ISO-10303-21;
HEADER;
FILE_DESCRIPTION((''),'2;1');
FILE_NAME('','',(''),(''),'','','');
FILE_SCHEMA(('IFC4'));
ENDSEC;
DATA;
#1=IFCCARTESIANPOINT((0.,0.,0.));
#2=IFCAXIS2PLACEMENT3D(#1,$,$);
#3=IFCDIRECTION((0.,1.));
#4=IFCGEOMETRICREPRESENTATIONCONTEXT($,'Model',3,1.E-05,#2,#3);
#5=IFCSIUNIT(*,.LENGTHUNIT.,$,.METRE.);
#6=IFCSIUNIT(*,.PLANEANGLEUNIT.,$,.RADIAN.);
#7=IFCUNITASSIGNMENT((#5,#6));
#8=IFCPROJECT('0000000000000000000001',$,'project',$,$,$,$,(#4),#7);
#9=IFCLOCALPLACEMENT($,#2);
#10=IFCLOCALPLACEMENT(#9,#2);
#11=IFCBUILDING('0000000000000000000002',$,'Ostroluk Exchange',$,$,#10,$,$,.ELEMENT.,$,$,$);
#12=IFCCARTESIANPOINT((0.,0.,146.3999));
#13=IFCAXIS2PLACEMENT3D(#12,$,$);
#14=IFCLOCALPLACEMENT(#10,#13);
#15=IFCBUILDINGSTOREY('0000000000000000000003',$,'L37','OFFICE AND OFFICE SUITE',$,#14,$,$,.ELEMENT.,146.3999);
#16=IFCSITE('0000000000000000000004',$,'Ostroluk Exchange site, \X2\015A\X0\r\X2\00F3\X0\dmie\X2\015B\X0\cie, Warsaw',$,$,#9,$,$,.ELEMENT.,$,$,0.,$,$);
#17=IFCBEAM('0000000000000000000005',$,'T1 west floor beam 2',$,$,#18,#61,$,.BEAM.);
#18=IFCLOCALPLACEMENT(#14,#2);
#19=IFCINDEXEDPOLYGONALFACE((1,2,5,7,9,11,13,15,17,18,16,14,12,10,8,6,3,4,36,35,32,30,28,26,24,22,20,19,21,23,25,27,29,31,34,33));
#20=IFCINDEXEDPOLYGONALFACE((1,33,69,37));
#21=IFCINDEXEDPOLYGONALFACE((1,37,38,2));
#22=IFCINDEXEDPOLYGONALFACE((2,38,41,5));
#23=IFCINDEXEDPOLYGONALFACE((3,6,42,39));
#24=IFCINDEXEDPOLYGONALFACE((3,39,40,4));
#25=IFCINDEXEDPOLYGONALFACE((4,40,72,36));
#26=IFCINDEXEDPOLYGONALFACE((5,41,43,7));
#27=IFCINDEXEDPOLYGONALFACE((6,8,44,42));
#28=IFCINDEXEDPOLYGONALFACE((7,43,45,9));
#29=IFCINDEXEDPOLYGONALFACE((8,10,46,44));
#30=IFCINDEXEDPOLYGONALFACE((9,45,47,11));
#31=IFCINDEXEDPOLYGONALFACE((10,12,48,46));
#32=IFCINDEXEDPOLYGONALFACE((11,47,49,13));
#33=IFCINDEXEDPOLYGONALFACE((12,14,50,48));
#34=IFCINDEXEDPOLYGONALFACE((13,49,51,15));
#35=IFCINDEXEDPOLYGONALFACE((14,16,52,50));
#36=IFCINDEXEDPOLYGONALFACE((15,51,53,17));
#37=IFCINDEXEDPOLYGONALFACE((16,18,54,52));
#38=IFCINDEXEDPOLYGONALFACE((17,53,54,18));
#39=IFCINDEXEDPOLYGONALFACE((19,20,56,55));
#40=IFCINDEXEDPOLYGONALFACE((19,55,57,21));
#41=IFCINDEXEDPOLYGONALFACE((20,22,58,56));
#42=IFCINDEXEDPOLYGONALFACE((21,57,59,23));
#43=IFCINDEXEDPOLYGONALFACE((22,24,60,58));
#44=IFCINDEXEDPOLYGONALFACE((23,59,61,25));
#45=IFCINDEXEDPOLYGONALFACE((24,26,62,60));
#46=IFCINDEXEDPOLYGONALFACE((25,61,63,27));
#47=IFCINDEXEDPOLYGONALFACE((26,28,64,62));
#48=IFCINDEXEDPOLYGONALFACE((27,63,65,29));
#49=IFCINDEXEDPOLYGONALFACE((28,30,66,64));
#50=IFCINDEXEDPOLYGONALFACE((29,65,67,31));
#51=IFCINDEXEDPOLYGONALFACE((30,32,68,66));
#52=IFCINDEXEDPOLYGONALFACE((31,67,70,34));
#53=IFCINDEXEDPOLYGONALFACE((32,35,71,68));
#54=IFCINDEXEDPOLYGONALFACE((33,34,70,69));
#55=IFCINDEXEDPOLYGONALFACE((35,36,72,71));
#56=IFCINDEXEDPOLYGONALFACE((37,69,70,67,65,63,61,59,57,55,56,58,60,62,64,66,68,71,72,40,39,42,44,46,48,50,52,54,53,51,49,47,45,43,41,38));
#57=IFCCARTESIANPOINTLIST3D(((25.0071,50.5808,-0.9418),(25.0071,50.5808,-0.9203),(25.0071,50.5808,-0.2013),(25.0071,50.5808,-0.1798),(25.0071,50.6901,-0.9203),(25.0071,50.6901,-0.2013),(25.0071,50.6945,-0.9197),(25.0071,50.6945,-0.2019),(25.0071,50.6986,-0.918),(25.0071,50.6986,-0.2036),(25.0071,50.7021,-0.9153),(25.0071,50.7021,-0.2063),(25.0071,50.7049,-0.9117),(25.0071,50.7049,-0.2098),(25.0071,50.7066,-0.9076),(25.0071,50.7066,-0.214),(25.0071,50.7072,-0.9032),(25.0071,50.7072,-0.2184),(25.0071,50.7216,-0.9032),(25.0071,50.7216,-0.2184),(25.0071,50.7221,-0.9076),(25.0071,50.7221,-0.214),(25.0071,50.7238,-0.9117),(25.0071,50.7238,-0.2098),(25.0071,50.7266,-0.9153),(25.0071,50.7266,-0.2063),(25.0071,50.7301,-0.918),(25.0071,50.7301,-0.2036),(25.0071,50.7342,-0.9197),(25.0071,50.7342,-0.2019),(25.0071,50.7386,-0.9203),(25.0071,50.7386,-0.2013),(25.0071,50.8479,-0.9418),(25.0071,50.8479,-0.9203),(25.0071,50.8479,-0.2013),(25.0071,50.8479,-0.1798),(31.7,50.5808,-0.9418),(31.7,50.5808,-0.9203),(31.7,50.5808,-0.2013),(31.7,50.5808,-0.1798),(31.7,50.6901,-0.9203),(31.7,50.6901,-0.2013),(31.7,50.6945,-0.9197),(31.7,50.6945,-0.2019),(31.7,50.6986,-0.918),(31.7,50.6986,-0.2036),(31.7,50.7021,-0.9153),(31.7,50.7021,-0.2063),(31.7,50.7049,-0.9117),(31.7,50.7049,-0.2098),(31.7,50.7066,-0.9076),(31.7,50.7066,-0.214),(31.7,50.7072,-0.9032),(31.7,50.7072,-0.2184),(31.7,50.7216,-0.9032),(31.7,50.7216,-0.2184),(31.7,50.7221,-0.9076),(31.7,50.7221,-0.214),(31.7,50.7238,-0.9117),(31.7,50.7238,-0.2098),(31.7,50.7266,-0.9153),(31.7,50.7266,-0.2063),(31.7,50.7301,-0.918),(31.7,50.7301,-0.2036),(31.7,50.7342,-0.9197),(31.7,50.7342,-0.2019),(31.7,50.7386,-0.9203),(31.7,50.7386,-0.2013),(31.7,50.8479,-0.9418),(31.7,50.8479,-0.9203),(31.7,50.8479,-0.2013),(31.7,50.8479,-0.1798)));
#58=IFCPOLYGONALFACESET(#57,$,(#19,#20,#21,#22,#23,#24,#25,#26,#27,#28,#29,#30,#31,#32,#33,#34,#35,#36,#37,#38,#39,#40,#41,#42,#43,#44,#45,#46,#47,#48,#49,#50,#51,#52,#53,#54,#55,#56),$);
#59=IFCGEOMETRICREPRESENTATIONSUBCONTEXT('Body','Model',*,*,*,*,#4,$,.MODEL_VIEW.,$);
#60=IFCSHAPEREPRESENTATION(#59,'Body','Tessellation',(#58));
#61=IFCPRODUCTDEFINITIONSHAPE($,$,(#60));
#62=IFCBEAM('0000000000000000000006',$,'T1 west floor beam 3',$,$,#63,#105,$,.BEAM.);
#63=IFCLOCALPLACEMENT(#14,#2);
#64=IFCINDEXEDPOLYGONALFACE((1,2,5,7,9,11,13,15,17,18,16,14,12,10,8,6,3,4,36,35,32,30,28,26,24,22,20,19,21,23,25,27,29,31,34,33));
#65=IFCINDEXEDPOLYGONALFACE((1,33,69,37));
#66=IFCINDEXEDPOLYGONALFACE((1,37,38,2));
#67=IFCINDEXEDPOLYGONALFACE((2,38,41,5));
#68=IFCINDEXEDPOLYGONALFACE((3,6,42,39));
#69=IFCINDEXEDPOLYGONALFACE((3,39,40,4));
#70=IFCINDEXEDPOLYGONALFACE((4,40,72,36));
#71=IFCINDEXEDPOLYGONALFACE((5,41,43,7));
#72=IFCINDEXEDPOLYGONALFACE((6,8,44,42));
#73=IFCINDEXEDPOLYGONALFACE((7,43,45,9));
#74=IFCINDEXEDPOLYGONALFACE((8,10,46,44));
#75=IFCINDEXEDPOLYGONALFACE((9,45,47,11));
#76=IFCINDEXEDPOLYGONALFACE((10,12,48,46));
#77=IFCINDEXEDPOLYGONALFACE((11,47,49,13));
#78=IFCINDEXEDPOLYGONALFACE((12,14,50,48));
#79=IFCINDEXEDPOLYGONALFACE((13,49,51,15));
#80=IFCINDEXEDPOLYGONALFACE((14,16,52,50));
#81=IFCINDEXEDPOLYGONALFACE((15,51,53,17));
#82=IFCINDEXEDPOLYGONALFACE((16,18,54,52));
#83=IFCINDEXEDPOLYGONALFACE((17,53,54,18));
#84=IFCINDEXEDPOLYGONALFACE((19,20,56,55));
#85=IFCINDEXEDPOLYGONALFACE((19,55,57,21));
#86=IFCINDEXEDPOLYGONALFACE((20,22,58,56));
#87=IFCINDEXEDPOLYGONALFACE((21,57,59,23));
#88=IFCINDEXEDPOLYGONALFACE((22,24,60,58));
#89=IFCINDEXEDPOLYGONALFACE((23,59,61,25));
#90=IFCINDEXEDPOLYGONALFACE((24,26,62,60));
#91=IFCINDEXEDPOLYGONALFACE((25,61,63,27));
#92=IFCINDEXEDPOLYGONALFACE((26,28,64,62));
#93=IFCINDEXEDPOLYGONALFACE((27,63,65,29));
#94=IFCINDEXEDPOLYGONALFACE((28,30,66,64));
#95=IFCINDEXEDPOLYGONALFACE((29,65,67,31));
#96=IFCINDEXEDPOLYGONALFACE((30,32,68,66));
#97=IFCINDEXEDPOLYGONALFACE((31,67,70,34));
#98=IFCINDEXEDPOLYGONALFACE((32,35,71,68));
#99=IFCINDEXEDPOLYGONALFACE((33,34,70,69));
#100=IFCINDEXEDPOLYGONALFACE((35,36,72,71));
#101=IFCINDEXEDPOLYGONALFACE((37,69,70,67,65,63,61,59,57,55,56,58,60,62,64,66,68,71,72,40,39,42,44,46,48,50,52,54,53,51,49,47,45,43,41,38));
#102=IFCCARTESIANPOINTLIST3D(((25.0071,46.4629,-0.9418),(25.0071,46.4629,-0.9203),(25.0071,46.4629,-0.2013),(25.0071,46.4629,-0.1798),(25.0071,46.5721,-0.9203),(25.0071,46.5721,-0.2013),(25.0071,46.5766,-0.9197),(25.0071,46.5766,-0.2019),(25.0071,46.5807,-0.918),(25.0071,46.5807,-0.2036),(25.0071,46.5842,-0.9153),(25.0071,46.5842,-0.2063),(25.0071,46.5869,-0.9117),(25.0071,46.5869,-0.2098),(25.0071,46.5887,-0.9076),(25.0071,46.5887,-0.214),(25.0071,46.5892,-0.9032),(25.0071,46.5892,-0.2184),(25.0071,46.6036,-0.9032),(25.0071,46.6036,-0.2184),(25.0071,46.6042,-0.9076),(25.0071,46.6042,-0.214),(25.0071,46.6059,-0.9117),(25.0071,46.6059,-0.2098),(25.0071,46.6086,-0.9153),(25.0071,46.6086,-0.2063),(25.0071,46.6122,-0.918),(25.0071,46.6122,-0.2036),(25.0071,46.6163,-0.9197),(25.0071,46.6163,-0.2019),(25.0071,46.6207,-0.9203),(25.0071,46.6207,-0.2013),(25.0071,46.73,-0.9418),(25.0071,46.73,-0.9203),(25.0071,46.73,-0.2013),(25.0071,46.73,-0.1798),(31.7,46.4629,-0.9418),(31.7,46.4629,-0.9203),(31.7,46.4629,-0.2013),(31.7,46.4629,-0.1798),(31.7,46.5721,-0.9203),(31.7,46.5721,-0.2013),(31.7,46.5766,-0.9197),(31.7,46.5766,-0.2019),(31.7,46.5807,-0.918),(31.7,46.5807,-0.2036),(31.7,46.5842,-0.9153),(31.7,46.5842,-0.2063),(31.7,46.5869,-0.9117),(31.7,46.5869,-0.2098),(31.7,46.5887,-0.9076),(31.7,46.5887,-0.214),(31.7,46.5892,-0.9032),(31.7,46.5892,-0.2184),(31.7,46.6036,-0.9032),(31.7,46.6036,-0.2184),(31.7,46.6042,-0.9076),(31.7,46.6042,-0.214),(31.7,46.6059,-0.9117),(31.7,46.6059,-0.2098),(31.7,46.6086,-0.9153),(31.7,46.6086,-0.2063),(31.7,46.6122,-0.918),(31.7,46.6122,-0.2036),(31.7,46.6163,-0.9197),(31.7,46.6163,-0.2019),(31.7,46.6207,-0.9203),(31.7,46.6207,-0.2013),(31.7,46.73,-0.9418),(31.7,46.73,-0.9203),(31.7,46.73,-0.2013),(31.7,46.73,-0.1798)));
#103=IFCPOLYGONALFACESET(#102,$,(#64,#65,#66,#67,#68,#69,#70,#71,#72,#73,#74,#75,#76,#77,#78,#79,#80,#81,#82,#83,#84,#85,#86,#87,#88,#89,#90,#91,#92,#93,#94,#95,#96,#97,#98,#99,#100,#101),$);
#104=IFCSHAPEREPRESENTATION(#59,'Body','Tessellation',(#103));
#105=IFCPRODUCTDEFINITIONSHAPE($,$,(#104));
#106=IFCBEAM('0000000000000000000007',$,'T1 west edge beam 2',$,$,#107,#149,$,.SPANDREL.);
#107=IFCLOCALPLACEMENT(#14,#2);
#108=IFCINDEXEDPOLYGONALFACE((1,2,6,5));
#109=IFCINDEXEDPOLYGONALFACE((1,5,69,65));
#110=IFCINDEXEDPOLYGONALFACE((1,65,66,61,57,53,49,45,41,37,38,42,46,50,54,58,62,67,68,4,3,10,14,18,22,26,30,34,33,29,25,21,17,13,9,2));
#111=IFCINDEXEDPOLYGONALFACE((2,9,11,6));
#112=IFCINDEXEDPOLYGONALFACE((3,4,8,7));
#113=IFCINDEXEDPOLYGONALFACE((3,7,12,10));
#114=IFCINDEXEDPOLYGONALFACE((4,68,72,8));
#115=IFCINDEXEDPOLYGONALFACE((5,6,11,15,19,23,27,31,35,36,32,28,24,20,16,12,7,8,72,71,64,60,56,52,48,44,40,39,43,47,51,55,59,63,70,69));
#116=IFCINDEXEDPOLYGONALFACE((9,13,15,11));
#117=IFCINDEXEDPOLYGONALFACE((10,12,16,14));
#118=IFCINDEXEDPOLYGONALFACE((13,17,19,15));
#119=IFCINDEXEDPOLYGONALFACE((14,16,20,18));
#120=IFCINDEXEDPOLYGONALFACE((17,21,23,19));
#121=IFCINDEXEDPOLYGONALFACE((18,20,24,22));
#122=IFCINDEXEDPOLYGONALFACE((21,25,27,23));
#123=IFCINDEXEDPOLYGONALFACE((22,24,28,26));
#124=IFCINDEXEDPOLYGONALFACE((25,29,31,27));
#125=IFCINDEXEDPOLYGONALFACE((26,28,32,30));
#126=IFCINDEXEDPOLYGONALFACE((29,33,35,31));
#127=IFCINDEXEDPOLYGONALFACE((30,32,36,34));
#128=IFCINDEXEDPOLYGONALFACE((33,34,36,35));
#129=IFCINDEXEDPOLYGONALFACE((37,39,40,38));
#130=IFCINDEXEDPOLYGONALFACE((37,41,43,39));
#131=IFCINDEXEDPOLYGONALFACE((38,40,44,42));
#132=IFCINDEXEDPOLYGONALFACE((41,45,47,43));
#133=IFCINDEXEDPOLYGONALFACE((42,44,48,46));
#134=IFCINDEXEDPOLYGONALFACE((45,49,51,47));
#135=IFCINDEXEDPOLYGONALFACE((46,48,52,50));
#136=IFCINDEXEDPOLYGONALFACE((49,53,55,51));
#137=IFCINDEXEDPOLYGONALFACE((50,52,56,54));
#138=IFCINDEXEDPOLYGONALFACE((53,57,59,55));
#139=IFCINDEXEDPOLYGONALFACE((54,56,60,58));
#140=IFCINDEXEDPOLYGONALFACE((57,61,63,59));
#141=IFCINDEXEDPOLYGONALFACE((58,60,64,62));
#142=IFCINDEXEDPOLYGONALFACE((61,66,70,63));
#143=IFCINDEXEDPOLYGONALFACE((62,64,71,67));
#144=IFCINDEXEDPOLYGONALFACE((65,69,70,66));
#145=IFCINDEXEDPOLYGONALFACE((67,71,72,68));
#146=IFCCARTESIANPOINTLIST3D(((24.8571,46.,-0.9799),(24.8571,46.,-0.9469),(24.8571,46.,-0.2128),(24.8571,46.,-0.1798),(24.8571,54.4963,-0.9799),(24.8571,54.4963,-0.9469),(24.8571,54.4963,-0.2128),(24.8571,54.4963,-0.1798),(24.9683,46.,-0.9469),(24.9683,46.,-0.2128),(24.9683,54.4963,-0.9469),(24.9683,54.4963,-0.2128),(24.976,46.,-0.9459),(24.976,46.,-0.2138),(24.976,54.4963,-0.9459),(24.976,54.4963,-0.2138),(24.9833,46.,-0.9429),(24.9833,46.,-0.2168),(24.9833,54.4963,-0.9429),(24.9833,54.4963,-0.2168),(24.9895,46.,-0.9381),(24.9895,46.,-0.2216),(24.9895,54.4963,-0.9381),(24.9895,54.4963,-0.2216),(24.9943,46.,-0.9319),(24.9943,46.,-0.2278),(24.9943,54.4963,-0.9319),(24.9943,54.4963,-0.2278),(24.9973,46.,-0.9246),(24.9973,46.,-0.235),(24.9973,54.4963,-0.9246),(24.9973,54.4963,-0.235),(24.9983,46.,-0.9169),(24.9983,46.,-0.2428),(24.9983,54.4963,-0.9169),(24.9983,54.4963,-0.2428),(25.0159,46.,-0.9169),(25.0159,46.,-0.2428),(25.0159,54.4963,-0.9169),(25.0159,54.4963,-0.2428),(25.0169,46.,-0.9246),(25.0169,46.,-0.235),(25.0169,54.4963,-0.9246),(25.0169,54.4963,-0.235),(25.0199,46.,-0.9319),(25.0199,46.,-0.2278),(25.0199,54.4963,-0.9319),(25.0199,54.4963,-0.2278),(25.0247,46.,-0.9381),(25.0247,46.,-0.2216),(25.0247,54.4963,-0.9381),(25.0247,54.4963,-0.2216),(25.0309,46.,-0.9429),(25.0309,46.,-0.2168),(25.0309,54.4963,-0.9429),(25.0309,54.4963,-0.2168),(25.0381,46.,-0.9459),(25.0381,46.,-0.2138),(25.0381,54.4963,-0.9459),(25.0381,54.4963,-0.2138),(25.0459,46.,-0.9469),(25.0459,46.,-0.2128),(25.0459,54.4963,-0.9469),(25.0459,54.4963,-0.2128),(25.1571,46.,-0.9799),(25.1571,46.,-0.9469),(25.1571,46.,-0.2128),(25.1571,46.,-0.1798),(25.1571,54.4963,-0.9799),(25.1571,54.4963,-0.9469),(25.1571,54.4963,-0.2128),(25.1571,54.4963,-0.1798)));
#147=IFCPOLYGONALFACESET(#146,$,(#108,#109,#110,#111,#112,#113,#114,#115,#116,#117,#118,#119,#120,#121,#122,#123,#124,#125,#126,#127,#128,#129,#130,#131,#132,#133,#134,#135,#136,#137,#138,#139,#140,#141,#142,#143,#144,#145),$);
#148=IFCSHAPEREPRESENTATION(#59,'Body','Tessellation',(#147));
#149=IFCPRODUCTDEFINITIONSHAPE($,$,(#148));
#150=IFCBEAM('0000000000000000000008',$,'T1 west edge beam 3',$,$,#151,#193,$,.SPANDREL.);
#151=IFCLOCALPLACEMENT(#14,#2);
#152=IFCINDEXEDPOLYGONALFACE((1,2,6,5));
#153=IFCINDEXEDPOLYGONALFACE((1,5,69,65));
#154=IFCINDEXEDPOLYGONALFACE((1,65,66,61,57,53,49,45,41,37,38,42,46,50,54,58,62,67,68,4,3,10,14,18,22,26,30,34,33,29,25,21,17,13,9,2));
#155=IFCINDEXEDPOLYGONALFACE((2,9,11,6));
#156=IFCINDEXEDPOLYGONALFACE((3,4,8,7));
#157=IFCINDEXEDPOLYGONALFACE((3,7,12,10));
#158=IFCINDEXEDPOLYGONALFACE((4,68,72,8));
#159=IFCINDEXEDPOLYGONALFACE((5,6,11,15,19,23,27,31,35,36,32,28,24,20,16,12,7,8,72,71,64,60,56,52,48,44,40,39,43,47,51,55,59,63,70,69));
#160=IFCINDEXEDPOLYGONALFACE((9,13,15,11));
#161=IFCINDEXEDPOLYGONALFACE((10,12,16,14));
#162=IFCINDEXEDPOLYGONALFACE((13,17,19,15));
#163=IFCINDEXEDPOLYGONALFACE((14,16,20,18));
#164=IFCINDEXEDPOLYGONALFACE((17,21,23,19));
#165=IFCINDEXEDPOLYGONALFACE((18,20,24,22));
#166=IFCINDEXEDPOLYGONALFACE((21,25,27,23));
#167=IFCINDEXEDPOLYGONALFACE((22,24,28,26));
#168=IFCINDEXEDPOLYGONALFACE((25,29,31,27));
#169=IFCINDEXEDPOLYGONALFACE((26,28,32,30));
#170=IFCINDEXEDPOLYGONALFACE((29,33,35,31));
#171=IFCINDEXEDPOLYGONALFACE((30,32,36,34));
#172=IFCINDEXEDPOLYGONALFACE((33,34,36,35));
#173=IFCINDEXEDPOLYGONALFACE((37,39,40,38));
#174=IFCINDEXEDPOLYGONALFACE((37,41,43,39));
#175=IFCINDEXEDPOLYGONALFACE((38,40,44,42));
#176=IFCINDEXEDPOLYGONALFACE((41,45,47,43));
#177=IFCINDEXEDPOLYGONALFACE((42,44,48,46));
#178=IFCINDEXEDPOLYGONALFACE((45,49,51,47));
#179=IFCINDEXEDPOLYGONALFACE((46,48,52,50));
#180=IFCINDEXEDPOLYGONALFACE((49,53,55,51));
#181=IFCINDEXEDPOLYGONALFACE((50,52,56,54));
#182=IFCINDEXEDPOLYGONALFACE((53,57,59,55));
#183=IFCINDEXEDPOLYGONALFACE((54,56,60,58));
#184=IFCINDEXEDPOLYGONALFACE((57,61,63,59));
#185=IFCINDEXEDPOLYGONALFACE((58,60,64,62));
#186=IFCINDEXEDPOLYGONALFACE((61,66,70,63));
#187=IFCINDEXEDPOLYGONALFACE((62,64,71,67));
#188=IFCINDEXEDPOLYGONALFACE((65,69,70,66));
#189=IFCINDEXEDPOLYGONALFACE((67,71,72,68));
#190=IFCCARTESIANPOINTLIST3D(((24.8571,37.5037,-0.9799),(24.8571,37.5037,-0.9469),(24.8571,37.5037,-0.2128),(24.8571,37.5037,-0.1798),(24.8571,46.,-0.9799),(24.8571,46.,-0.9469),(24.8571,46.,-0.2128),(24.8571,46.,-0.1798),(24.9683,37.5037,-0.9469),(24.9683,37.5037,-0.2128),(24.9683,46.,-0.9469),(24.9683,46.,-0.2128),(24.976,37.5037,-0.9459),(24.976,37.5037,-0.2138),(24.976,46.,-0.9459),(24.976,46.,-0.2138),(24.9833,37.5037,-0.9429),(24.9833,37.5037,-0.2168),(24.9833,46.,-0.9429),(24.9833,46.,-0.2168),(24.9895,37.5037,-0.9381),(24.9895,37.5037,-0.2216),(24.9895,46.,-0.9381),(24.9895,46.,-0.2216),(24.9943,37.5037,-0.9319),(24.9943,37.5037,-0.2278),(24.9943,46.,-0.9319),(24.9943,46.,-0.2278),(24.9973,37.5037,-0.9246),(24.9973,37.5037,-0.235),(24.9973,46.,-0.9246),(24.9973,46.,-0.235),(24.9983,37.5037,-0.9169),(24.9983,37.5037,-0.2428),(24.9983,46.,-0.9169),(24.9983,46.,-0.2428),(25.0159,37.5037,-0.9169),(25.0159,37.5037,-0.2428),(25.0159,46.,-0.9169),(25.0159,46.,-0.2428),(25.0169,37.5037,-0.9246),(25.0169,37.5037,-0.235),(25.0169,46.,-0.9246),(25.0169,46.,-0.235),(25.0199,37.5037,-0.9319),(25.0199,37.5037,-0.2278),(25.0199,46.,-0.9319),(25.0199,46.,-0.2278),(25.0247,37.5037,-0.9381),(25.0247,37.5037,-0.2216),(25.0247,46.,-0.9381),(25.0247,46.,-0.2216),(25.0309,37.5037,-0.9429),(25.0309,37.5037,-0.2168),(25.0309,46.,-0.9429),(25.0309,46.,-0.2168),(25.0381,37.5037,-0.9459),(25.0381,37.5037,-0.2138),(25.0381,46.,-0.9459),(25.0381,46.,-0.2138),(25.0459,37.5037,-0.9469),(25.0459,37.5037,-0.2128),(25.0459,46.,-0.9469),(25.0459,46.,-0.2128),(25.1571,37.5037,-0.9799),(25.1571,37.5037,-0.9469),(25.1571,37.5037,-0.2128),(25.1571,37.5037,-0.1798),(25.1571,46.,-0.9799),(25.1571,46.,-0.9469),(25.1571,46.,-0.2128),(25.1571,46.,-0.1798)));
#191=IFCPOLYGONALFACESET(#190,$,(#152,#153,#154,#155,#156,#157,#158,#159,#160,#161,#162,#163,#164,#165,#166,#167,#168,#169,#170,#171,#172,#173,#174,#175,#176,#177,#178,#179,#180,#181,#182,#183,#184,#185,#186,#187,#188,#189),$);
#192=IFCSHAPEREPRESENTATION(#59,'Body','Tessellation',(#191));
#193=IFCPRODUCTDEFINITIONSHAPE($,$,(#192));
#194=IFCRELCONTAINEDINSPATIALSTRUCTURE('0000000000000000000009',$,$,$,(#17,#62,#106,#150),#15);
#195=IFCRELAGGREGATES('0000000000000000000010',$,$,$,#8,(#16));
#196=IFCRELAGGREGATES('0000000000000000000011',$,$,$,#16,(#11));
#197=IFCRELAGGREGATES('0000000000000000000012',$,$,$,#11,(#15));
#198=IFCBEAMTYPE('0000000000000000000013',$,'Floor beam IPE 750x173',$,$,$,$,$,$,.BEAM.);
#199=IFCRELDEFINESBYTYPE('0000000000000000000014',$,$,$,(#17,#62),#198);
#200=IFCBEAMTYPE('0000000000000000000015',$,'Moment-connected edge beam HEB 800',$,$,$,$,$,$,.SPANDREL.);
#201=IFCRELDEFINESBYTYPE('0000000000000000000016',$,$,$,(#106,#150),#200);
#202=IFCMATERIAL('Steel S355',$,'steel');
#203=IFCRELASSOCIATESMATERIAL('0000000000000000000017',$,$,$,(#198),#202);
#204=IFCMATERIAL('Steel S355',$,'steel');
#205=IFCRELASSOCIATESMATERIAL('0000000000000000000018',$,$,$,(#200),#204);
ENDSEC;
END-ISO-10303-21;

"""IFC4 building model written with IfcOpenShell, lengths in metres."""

from ifc_helpers import new_model, si_unit, direction, frame, origin, origin_2d, place, context, subcontext, project, spatial, i_section, extrude, material, material_profile, profile_set, type_object, element, save


model = new_model("IFC4")

# Units and contexts
model_context = context("Model", 3, precision=1e-05, world=origin(), true_north=direction((0.0, 1.0)))
body_context = subcontext(model_context, "Body", "Model", "MODEL_VIEW")
ifc_project = project(units=[si_unit("LENGTHUNIT", "METRE"), si_unit("PLANEANGLEUNIT", "RADIAN")], contexts=[model_context])

# Site, building, storey
site_placement = place(None, origin())
site = spatial("IfcSite", under=ifc_project, at=site_placement, Name="Ostroluk Exchange site, Śródmieście, Warsaw", CompositionType="ELEMENT", RefElevation=0.0)
building_placement = place(site_placement, origin())
building = spatial("IfcBuilding", under=site, at=building_placement, Name="Ostroluk Exchange", CompositionType="ELEMENT")
storey_placement = place(building_placement, frame((0.0, 0.0, 146.3999)))
storey = spatial("IfcBuildingStorey", under=building, at=storey_placement, Name="L37", Description="OFFICE AND OFFICE SUITE", CompositionType="ELEMENT", Elevation=146.3999)

# Beams
ifc_material_1 = material(Name="Steel S355", Category="steel")
ifc_material_profile_1 = material_profile(ifc_material_1, i_section(OverallWidth=0.2671, OverallDepth=0.762, WebThickness=0.0144, FlangeThickness=0.0215, FilletRadius=0.0171, at=origin_2d()), Name="IPE 750x173")
ifc_profile_set_1 = profile_set([ifc_material_profile_1], Name="Steel S355")
beam_type_1 = type_object("IfcBeamType", Name="Floor beam IPE 750x173", PredefinedType="BEAM", material=ifc_profile_set_1)
for number, where, z_axis, x_axis, name in (
    (1, (31.7, 50.7144, -0.5608), (-1.0, 0.0, 0.0), (0.0, -1.0, 0.0), "T1 west floor beam 2"),
    (2, (31.7, 46.5964, -0.5608), (-1.0, 0.0, 0.0), (0.0, -1.0, 0.0), "T1 west floor beam 3"),
):
    element("IfcBeam", number, at=place(storey_placement, frame(where, z_axis=z_axis, x_axis=x_axis)), inside=storey, type_object=beam_type_1, Name=name, PredefinedType="BEAM", context=body_context, shape_type="SweptSolid", body=[
        extrude(i_section(OverallWidth=0.2671, OverallDepth=0.762, WebThickness=0.0144, FlangeThickness=0.0215, FilletRadius=0.0171, at=origin_2d()), origin(), (0.0, 0.0, 1.0), 6.6929),
    ])
ifc_material_2 = material(Name="Steel S355", Category="steel")
ifc_material_profile_2 = material_profile(ifc_material_2, i_section(OverallWidth=0.3, OverallDepth=0.8, WebThickness=0.0176, FlangeThickness=0.033, FilletRadius=0.03, at=origin_2d()), Name="HEB 800")
ifc_profile_set_2 = profile_set([ifc_material_profile_2], Name="Steel S355")
beam_type_2 = type_object("IfcBeamType", Name="Moment-connected edge beam HEB 800", PredefinedType="SPANDREL", material=ifc_profile_set_2)
for number, where, z_axis, x_axis, name in (
    (3, (25.0071, 54.4963, -0.5798), (0.0, -1.0, 0.0), (1.0, 0.0, 0.0), "T1 west edge beam 2"),
    (4, (25.0071, 46.0, -0.5798), (0.0, -1.0, 0.0), (1.0, 0.0, 0.0), "T1 west edge beam 3"),
):
    element("IfcBeam", number, at=place(storey_placement, frame(where, z_axis=z_axis, x_axis=x_axis)), inside=storey, type_object=beam_type_2, Name=name, PredefinedType="SPANDREL", context=body_context, shape_type="SweptSolid", body=[
        extrude(i_section(OverallWidth=0.3, OverallDepth=0.8, WebThickness=0.0176, FlangeThickness=0.033, FilletRadius=0.03, at=origin_2d()), origin(), (0.0, 0.0, 1.0), 8.4963),
    ])

save(model, "model.ifc")
